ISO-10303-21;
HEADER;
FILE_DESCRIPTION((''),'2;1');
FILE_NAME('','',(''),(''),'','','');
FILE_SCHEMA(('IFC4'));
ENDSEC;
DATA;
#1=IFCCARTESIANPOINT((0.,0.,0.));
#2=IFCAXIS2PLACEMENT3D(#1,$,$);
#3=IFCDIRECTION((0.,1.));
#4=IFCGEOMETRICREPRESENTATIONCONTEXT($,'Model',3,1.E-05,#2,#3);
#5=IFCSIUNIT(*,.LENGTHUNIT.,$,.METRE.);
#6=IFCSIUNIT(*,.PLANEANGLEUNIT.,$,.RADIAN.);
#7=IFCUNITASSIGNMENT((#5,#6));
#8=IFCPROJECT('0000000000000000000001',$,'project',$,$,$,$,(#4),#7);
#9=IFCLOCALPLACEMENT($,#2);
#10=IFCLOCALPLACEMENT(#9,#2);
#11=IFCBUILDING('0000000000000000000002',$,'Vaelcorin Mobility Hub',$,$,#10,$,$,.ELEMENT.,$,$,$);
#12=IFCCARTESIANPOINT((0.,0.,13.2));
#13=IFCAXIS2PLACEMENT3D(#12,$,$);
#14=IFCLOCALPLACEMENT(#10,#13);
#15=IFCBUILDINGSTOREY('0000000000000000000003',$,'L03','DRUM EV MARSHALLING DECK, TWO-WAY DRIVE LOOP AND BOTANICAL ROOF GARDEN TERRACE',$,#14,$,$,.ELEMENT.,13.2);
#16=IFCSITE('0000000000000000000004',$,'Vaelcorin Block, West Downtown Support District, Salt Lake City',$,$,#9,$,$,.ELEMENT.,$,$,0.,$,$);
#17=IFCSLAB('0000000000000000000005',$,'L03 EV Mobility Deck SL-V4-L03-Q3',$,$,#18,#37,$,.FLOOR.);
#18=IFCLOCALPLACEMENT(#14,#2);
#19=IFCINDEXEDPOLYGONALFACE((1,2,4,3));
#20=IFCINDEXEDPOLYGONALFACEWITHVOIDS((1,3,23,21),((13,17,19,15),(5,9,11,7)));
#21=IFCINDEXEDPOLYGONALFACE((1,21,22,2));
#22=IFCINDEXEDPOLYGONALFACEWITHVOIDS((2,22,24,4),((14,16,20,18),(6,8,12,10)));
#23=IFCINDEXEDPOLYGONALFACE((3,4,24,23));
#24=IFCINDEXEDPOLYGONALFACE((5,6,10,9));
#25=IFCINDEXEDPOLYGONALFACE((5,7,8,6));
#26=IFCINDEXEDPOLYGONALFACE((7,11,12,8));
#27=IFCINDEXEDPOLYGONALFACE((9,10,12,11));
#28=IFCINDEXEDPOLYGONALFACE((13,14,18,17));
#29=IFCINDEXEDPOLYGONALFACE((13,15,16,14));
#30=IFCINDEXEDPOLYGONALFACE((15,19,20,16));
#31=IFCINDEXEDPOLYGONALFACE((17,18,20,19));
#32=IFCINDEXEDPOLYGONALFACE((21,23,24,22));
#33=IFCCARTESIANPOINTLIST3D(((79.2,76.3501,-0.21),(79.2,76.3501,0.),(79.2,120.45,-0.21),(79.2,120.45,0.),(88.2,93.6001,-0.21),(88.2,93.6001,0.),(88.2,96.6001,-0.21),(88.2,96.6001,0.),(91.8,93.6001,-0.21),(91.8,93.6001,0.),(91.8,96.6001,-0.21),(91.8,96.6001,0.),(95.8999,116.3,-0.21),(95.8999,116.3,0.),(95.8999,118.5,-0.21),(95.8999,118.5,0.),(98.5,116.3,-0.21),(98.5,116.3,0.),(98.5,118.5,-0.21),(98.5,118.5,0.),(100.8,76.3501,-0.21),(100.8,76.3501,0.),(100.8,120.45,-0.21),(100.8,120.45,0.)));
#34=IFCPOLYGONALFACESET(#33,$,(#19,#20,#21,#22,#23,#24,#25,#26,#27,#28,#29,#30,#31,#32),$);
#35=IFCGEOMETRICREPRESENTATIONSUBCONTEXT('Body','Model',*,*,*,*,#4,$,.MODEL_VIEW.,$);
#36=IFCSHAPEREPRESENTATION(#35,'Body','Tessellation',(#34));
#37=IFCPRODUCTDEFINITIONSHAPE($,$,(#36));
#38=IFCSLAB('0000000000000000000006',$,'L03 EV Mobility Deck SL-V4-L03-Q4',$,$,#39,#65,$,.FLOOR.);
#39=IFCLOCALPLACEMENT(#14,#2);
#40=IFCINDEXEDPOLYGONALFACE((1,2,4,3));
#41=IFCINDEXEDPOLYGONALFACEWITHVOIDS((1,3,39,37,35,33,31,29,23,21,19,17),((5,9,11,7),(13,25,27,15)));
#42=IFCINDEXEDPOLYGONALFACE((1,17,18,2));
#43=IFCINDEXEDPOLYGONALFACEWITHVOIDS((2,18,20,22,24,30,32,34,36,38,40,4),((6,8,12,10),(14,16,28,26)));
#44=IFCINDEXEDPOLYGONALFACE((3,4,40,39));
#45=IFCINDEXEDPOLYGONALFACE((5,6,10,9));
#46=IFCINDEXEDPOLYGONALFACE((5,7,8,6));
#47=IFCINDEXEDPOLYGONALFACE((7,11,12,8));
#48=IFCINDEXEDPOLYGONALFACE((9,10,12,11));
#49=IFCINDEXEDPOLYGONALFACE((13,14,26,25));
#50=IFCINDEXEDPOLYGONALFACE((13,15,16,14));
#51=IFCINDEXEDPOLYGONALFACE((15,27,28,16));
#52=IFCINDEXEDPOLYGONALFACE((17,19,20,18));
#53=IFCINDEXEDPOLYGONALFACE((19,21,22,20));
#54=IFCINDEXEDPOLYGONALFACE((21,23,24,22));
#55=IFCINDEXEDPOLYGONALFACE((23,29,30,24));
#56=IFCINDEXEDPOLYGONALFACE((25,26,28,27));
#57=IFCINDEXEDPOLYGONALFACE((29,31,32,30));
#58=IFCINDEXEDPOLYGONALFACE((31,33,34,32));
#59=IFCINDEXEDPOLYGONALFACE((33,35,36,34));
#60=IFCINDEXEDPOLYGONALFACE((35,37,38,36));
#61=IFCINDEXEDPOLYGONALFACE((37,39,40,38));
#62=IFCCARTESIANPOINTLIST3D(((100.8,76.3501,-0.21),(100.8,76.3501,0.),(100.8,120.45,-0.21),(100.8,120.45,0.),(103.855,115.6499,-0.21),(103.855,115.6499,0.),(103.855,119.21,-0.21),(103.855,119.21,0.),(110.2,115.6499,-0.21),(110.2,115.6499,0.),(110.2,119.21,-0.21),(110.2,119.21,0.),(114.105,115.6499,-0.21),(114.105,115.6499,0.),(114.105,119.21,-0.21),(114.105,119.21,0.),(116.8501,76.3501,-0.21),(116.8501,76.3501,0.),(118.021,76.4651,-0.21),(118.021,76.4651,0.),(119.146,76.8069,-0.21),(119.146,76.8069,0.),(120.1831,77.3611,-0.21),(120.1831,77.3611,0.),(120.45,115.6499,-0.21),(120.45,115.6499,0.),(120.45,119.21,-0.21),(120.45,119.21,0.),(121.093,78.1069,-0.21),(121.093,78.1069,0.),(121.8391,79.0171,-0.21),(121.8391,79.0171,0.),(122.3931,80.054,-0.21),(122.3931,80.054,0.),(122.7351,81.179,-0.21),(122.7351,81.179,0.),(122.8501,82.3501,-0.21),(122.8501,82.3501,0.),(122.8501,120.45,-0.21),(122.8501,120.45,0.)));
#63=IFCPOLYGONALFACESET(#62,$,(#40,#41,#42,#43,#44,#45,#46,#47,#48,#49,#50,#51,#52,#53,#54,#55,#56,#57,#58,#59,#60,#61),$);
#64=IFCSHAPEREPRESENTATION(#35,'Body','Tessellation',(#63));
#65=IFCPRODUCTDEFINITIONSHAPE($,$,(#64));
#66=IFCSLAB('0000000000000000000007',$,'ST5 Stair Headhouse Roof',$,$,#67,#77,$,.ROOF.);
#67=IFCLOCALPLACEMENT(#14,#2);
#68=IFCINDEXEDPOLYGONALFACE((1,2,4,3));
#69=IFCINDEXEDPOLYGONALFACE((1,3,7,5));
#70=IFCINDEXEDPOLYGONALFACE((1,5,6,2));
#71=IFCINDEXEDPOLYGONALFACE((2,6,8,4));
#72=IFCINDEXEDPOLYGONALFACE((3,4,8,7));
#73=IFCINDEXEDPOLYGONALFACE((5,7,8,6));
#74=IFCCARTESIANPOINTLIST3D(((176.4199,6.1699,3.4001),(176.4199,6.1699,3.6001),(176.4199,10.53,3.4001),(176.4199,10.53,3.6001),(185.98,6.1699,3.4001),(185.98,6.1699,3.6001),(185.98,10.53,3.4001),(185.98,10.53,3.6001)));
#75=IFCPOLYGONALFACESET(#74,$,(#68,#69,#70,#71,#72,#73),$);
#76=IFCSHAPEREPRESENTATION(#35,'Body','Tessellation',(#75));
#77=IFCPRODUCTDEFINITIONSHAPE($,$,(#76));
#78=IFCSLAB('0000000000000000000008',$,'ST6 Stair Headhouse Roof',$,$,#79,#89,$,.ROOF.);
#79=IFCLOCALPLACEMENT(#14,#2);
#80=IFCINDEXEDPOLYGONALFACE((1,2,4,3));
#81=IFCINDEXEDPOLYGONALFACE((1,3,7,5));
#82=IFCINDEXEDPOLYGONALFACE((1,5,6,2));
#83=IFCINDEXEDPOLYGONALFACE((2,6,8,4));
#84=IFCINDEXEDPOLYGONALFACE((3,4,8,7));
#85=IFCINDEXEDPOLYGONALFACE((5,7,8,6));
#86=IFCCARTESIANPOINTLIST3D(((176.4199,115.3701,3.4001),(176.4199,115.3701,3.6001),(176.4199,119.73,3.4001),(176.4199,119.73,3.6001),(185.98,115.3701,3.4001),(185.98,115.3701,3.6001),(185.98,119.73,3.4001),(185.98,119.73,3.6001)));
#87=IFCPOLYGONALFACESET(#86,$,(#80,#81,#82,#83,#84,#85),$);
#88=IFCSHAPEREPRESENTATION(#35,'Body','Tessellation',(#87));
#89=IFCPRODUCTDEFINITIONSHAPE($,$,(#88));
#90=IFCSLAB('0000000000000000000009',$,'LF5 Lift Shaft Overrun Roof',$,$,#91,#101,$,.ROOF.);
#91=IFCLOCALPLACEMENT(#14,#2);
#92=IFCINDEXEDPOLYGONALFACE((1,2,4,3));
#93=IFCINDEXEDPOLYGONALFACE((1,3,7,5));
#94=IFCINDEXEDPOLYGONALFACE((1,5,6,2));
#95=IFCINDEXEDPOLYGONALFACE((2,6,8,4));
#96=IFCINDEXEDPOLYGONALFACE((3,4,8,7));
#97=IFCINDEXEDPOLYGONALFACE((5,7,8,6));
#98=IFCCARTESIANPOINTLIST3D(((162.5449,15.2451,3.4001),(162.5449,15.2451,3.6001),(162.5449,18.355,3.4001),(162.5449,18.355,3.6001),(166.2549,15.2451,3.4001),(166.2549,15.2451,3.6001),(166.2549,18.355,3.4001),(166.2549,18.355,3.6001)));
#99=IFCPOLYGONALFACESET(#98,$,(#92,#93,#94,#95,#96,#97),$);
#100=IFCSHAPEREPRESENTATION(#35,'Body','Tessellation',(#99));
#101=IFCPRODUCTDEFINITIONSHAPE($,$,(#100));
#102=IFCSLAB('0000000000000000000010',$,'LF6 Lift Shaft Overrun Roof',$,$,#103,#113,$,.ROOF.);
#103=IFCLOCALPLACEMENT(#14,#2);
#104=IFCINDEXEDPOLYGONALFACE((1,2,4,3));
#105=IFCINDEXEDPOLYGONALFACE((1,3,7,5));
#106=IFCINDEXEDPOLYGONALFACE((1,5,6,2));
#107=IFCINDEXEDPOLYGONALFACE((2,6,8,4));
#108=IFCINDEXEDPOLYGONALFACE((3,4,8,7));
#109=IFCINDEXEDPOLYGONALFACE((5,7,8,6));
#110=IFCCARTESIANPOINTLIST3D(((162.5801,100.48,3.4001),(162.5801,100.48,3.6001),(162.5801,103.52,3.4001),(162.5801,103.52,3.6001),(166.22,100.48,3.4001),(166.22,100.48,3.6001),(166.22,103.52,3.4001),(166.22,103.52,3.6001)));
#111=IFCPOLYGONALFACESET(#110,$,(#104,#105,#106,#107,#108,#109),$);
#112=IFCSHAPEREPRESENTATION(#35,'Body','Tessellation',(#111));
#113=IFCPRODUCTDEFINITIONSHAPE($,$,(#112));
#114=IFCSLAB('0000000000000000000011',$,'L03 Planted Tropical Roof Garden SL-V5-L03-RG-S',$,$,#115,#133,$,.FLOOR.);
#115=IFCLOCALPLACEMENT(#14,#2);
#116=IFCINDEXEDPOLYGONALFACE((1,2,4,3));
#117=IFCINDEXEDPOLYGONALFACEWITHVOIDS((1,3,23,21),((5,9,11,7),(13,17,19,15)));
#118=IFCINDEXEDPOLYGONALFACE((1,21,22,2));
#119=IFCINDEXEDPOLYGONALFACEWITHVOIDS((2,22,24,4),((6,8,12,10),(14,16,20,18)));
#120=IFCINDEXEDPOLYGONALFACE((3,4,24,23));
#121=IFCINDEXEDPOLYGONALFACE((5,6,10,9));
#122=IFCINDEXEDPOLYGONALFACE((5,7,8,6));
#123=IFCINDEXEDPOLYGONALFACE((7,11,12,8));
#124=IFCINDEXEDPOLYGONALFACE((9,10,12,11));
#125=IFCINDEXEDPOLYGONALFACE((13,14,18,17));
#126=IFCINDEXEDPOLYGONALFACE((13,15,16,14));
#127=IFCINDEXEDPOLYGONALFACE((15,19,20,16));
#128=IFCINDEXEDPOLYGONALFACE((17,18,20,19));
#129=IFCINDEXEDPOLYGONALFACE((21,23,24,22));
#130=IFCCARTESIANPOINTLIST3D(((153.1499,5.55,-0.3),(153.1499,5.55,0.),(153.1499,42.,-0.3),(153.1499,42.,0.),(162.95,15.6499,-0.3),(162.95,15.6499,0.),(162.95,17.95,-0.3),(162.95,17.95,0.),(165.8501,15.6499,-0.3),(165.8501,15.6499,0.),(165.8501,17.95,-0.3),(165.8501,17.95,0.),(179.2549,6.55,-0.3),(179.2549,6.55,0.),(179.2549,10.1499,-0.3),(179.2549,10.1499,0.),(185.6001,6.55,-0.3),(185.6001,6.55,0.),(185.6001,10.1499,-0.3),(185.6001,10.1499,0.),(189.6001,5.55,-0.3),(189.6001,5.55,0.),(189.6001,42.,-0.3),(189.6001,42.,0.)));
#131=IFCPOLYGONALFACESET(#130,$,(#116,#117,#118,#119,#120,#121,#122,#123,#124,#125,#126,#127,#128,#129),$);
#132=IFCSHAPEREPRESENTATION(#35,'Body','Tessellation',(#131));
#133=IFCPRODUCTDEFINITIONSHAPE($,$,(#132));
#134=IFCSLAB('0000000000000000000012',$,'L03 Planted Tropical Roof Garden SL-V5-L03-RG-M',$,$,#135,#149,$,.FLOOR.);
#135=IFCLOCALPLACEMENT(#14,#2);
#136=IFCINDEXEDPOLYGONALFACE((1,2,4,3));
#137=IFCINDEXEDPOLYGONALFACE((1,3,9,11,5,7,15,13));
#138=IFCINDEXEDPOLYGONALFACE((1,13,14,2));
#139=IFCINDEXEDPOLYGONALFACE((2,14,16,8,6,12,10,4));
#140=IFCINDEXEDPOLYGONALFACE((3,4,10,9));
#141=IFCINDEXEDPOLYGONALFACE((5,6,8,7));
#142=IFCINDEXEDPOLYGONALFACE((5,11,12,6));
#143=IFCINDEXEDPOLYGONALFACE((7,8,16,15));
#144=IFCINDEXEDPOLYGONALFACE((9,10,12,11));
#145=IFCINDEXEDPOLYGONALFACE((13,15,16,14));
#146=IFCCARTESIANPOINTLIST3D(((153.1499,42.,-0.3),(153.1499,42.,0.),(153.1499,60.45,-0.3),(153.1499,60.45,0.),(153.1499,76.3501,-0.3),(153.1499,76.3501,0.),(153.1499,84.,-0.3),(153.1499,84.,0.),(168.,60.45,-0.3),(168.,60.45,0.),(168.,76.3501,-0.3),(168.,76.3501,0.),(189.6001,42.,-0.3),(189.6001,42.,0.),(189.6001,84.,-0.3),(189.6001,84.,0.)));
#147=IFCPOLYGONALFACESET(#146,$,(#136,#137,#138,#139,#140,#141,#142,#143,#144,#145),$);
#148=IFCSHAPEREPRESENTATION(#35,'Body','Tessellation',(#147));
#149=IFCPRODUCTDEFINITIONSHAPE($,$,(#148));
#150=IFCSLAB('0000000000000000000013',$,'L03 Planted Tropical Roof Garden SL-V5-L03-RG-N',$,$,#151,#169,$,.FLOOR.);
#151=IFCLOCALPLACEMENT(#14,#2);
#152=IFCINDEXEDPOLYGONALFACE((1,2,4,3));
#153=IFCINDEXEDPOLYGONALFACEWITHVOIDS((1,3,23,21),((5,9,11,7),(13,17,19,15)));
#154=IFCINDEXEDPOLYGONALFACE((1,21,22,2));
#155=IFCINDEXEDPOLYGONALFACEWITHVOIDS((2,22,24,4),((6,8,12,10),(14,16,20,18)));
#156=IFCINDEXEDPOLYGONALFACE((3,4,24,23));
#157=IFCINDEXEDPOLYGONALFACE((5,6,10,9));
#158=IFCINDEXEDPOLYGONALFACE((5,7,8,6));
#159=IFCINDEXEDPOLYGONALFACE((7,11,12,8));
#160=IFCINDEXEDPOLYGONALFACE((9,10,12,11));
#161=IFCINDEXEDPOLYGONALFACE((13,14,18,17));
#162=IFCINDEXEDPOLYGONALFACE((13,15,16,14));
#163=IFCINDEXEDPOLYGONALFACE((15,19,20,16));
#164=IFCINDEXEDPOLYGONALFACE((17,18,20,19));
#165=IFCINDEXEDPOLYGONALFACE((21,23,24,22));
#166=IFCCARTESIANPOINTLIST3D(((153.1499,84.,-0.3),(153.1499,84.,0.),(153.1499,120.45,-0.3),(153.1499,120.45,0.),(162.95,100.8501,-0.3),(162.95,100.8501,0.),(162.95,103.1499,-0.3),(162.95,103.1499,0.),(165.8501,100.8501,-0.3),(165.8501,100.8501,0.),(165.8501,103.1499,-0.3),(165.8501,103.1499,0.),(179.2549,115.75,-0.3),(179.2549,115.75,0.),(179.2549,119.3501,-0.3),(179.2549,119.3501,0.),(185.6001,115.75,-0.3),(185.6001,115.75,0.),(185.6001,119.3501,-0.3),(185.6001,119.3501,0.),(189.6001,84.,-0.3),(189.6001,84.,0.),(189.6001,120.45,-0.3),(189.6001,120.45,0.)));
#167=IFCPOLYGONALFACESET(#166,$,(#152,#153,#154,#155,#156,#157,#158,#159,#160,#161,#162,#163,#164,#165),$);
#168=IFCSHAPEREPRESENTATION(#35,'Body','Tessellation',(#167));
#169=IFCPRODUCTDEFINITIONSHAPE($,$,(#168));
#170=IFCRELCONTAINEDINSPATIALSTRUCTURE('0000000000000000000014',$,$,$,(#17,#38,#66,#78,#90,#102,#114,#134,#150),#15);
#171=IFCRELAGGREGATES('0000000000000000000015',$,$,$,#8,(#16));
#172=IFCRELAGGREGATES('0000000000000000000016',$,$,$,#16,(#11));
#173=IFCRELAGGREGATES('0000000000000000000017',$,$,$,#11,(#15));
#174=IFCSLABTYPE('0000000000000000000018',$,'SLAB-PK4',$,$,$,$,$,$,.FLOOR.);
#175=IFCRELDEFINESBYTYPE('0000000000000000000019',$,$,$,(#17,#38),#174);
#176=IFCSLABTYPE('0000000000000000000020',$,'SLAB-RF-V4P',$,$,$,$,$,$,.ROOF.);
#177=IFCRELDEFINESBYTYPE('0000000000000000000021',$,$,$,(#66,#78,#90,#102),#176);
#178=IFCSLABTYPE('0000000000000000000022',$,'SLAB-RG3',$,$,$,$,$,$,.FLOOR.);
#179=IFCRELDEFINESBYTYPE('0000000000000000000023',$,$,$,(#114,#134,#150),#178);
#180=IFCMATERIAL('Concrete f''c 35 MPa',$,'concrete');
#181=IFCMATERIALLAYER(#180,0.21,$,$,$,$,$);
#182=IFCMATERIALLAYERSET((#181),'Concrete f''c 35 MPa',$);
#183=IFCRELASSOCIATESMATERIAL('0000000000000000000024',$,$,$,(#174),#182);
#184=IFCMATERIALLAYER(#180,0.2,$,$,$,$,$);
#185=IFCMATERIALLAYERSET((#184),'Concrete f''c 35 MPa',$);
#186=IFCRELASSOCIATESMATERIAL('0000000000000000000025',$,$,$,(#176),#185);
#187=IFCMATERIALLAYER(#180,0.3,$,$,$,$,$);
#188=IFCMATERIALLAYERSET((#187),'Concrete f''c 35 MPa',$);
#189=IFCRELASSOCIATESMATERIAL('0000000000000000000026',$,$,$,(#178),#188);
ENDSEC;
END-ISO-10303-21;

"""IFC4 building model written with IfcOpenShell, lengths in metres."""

from ifc_helpers import new_model, si_unit, direction, frame, origin, place, context, subcontext, project, spatial, polyline, outline, extrude, material, layer, layer_set, type_object, element, save


model = new_model("IFC4")

# Units and contexts
model_context = context("Model", 3, precision=1e-05, world=origin(), true_north=direction((0.0, 1.0)))
body_context = subcontext(model_context, "Body", "Model", "MODEL_VIEW")
ifc_project = project(units=[si_unit("LENGTHUNIT", "METRE"), si_unit("PLANEANGLEUNIT", "RADIAN")], contexts=[model_context])

# Site, building, storey
site_placement = place(None, origin())
site = spatial("IfcSite", under=ifc_project, at=site_placement, Name="Vaelcorin Block, West Downtown Support District, Salt Lake City", CompositionType="ELEMENT", RefElevation=0.0)
building_placement = place(site_placement, origin())
building = spatial("IfcBuilding", under=site, at=building_placement, Name="Vaelcorin Mobility Hub", CompositionType="ELEMENT")
storey_placement = place(building_placement, frame((0.0, 0.0, 13.2)))
storey = spatial("IfcBuildingStorey", under=building, at=storey_placement, Name="L03", Description="DRUM EV MARSHALLING DECK, TWO-WAY DRIVE LOOP AND BOTANICAL ROOF GARDEN TERRACE", CompositionType="ELEMENT", Elevation=13.2)

# Slabs
ifc_material_1 = material(Name="Concrete f'c 35 MPa", Category="concrete")
ifc_layer_1 = layer(ifc_material_1, 0.21)
ifc_layer_set_1 = layer_set([ifc_layer_1], Name="Concrete f'c 35 MPa")
slab_type_1 = type_object("IfcSlabType", Name="SLAB-PK4", PredefinedType="FLOOR", material=ifc_layer_set_1)
slab_1_placement = place(storey_placement, frame((0.0, 0.0, -0.21)))
element("IfcSlab", 1, at=slab_1_placement, inside=storey, type_object=slab_type_1, Name="L03 EV Mobility Deck SL-V4-L03-Q3", PredefinedType="FLOOR", context=body_context, shape_type="SweptSolid", body=[
    extrude(outline(polyline([(79.2, 120.45), (100.8, 120.45), (100.8, 76.3501), (79.2, 76.3501), (79.2, 120.45)]), holes=[polyline([(91.8, 96.6001), (88.2, 96.6001), (88.2, 93.6001), (91.8, 93.6001), (91.8, 96.6001)]), polyline([(98.5, 118.5), (95.8999, 118.5), (95.8999, 116.3), (98.5, 116.3), (98.5, 118.5)])]), origin(), (0.0, 0.0, 1.0), 0.21),
])
slab_2_placement = place(storey_placement, frame((0.0, 0.0, -0.21)))
element("IfcSlab", 2, at=slab_2_placement, inside=storey, type_object=slab_type_1, Name="L03 EV Mobility Deck SL-V4-L03-Q4", PredefinedType="FLOOR", context=body_context, shape_type="SweptSolid", body=[
    extrude(outline(polyline([(122.3931, 80.054), (121.8391, 79.0171), (121.093, 78.1069), (120.1831, 77.3611), (119.146, 76.8069), (118.021, 76.4651), (116.8501, 76.3501), (100.8, 76.3501), (100.8, 120.45), (122.8501, 120.45), (122.8501, 82.3501), (122.7351, 81.179), (122.3931, 80.054)]), holes=[polyline([(110.2, 119.21), (103.855, 119.21), (103.855, 115.6499), (110.2, 115.6499), (110.2, 119.21)]), polyline([(120.45, 119.21), (114.105, 119.21), (114.105, 115.6499), (120.45, 115.6499), (120.45, 119.21)])]), origin(), (0.0, 0.0, 1.0), 0.21),
])
ifc_layer_2 = layer(ifc_material_1, 0.2)
ifc_layer_set_2 = layer_set([ifc_layer_2], Name="Concrete f'c 35 MPa")
slab_type_2 = type_object("IfcSlabType", Name="SLAB-RF-V4P", PredefinedType="ROOF", material=ifc_layer_set_2)
slab_3_placement = place(storey_placement, frame((0.0, 0.0, 3.4001)))
element("IfcSlab", 3, at=slab_3_placement, inside=storey, type_object=slab_type_2, Name="ST5 Stair Headhouse Roof", PredefinedType="ROOF", context=body_context, shape_type="SweptSolid", body=[
    extrude(outline(polyline([(176.4199, 6.1699), (185.98, 6.1699), (185.98, 10.53), (176.4199, 10.53), (176.4199, 6.1699)])), origin(), (0.0, 0.0, 1.0), 0.2),
])
slab_4_placement = place(storey_placement, frame((0.0, 0.0, 3.4001)))
element("IfcSlab", 4, at=slab_4_placement, inside=storey, type_object=slab_type_2, Name="ST6 Stair Headhouse Roof", PredefinedType="ROOF", context=body_context, shape_type="SweptSolid", body=[
    extrude(outline(polyline([(176.4199, 115.3701), (185.98, 115.3701), (185.98, 119.73), (176.4199, 119.73), (176.4199, 115.3701)])), origin(), (0.0, 0.0, 1.0), 0.2),
])
slab_5_placement = place(storey_placement, frame((0.0, 0.0, 3.4001)))
element("IfcSlab", 5, at=slab_5_placement, inside=storey, type_object=slab_type_2, Name="LF5 Lift Shaft Overrun Roof", PredefinedType="ROOF", context=body_context, shape_type="SweptSolid", body=[
    extrude(outline(polyline([(162.5449, 15.2451), (166.2549, 15.2451), (166.2549, 18.355), (162.5449, 18.355), (162.5449, 15.2451)])), origin(), (0.0, 0.0, 1.0), 0.2),
])
slab_6_placement = place(storey_placement, frame((0.0, 0.0, 3.4001)))
element("IfcSlab", 6, at=slab_6_placement, inside=storey, type_object=slab_type_2, Name="LF6 Lift Shaft Overrun Roof", PredefinedType="ROOF", context=body_context, shape_type="SweptSolid", body=[
    extrude(outline(polyline([(162.5801, 100.48), (166.22, 100.48), (166.22, 103.52), (162.5801, 103.52), (162.5801, 100.48)])), origin(), (0.0, 0.0, 1.0), 0.2),
])
ifc_layer_3 = layer(ifc_material_1, 0.3)
ifc_layer_set_3 = layer_set([ifc_layer_3], Name="Concrete f'c 35 MPa")
slab_type_3 = type_object("IfcSlabType", Name="SLAB-RG3", PredefinedType="FLOOR", material=ifc_layer_set_3)
slab_7_placement = place(storey_placement, frame((0.0, 0.0, -0.3)))
element("IfcSlab", 7, at=slab_7_placement, inside=storey, type_object=slab_type_3, Name="L03 Planted Tropical Roof Garden SL-V5-L03-RG-S", PredefinedType="FLOOR", context=body_context, shape_type="SweptSolid", body=[
    extrude(outline(polyline([(153.1499, 5.55), (153.1499, 42.0), (189.6001, 42.0), (189.6001, 5.55), (153.1499, 5.55)]), holes=[polyline([(179.2549, 10.1499), (179.2549, 6.55), (185.6001, 6.55), (185.6001, 10.1499), (179.2549, 10.1499)]), polyline([(165.8501, 17.95), (162.95, 17.95), (162.95, 15.6499), (165.8501, 15.6499), (165.8501, 17.95)])]), origin(), (0.0, 0.0, 1.0), 0.3),
])
slab_8_placement = place(storey_placement, frame((0.0, 0.0, -0.3)))
element("IfcSlab", 8, at=slab_8_placement, inside=storey, type_object=slab_type_3, Name="L03 Planted Tropical Roof Garden SL-V5-L03-RG-M", PredefinedType="FLOOR", context=body_context, shape_type="SweptSolid", body=[
    extrude(outline(polyline([(153.1499, 42.0), (153.1499, 60.45), (168.0, 60.45), (168.0, 76.3501), (153.1499, 76.3501), (153.1499, 84.0), (189.6001, 84.0), (189.6001, 42.0), (153.1499, 42.0)])), origin(), (0.0, 0.0, 1.0), 0.3),
])
slab_9_placement = place(storey_placement, frame((0.0, 0.0, -0.3)))
element("IfcSlab", 9, at=slab_9_placement, inside=storey, type_object=slab_type_3, Name="L03 Planted Tropical Roof Garden SL-V5-L03-RG-N", PredefinedType="FLOOR", context=body_context, shape_type="SweptSolid", body=[
    extrude(outline(polyline([(153.1499, 84.0), (153.1499, 120.45), (189.6001, 120.45), (189.6001, 84.0), (153.1499, 84.0)]), holes=[polyline([(162.95, 103.1499), (162.95, 100.8501), (165.8501, 100.8501), (165.8501, 103.1499), (162.95, 103.1499)]), polyline([(185.6001, 119.3501), (179.2549, 119.3501), (179.2549, 115.75), (185.6001, 115.75), (185.6001, 119.3501)])]), origin(), (0.0, 0.0, 1.0), 0.3),
])

save(model, "model.ifc")
